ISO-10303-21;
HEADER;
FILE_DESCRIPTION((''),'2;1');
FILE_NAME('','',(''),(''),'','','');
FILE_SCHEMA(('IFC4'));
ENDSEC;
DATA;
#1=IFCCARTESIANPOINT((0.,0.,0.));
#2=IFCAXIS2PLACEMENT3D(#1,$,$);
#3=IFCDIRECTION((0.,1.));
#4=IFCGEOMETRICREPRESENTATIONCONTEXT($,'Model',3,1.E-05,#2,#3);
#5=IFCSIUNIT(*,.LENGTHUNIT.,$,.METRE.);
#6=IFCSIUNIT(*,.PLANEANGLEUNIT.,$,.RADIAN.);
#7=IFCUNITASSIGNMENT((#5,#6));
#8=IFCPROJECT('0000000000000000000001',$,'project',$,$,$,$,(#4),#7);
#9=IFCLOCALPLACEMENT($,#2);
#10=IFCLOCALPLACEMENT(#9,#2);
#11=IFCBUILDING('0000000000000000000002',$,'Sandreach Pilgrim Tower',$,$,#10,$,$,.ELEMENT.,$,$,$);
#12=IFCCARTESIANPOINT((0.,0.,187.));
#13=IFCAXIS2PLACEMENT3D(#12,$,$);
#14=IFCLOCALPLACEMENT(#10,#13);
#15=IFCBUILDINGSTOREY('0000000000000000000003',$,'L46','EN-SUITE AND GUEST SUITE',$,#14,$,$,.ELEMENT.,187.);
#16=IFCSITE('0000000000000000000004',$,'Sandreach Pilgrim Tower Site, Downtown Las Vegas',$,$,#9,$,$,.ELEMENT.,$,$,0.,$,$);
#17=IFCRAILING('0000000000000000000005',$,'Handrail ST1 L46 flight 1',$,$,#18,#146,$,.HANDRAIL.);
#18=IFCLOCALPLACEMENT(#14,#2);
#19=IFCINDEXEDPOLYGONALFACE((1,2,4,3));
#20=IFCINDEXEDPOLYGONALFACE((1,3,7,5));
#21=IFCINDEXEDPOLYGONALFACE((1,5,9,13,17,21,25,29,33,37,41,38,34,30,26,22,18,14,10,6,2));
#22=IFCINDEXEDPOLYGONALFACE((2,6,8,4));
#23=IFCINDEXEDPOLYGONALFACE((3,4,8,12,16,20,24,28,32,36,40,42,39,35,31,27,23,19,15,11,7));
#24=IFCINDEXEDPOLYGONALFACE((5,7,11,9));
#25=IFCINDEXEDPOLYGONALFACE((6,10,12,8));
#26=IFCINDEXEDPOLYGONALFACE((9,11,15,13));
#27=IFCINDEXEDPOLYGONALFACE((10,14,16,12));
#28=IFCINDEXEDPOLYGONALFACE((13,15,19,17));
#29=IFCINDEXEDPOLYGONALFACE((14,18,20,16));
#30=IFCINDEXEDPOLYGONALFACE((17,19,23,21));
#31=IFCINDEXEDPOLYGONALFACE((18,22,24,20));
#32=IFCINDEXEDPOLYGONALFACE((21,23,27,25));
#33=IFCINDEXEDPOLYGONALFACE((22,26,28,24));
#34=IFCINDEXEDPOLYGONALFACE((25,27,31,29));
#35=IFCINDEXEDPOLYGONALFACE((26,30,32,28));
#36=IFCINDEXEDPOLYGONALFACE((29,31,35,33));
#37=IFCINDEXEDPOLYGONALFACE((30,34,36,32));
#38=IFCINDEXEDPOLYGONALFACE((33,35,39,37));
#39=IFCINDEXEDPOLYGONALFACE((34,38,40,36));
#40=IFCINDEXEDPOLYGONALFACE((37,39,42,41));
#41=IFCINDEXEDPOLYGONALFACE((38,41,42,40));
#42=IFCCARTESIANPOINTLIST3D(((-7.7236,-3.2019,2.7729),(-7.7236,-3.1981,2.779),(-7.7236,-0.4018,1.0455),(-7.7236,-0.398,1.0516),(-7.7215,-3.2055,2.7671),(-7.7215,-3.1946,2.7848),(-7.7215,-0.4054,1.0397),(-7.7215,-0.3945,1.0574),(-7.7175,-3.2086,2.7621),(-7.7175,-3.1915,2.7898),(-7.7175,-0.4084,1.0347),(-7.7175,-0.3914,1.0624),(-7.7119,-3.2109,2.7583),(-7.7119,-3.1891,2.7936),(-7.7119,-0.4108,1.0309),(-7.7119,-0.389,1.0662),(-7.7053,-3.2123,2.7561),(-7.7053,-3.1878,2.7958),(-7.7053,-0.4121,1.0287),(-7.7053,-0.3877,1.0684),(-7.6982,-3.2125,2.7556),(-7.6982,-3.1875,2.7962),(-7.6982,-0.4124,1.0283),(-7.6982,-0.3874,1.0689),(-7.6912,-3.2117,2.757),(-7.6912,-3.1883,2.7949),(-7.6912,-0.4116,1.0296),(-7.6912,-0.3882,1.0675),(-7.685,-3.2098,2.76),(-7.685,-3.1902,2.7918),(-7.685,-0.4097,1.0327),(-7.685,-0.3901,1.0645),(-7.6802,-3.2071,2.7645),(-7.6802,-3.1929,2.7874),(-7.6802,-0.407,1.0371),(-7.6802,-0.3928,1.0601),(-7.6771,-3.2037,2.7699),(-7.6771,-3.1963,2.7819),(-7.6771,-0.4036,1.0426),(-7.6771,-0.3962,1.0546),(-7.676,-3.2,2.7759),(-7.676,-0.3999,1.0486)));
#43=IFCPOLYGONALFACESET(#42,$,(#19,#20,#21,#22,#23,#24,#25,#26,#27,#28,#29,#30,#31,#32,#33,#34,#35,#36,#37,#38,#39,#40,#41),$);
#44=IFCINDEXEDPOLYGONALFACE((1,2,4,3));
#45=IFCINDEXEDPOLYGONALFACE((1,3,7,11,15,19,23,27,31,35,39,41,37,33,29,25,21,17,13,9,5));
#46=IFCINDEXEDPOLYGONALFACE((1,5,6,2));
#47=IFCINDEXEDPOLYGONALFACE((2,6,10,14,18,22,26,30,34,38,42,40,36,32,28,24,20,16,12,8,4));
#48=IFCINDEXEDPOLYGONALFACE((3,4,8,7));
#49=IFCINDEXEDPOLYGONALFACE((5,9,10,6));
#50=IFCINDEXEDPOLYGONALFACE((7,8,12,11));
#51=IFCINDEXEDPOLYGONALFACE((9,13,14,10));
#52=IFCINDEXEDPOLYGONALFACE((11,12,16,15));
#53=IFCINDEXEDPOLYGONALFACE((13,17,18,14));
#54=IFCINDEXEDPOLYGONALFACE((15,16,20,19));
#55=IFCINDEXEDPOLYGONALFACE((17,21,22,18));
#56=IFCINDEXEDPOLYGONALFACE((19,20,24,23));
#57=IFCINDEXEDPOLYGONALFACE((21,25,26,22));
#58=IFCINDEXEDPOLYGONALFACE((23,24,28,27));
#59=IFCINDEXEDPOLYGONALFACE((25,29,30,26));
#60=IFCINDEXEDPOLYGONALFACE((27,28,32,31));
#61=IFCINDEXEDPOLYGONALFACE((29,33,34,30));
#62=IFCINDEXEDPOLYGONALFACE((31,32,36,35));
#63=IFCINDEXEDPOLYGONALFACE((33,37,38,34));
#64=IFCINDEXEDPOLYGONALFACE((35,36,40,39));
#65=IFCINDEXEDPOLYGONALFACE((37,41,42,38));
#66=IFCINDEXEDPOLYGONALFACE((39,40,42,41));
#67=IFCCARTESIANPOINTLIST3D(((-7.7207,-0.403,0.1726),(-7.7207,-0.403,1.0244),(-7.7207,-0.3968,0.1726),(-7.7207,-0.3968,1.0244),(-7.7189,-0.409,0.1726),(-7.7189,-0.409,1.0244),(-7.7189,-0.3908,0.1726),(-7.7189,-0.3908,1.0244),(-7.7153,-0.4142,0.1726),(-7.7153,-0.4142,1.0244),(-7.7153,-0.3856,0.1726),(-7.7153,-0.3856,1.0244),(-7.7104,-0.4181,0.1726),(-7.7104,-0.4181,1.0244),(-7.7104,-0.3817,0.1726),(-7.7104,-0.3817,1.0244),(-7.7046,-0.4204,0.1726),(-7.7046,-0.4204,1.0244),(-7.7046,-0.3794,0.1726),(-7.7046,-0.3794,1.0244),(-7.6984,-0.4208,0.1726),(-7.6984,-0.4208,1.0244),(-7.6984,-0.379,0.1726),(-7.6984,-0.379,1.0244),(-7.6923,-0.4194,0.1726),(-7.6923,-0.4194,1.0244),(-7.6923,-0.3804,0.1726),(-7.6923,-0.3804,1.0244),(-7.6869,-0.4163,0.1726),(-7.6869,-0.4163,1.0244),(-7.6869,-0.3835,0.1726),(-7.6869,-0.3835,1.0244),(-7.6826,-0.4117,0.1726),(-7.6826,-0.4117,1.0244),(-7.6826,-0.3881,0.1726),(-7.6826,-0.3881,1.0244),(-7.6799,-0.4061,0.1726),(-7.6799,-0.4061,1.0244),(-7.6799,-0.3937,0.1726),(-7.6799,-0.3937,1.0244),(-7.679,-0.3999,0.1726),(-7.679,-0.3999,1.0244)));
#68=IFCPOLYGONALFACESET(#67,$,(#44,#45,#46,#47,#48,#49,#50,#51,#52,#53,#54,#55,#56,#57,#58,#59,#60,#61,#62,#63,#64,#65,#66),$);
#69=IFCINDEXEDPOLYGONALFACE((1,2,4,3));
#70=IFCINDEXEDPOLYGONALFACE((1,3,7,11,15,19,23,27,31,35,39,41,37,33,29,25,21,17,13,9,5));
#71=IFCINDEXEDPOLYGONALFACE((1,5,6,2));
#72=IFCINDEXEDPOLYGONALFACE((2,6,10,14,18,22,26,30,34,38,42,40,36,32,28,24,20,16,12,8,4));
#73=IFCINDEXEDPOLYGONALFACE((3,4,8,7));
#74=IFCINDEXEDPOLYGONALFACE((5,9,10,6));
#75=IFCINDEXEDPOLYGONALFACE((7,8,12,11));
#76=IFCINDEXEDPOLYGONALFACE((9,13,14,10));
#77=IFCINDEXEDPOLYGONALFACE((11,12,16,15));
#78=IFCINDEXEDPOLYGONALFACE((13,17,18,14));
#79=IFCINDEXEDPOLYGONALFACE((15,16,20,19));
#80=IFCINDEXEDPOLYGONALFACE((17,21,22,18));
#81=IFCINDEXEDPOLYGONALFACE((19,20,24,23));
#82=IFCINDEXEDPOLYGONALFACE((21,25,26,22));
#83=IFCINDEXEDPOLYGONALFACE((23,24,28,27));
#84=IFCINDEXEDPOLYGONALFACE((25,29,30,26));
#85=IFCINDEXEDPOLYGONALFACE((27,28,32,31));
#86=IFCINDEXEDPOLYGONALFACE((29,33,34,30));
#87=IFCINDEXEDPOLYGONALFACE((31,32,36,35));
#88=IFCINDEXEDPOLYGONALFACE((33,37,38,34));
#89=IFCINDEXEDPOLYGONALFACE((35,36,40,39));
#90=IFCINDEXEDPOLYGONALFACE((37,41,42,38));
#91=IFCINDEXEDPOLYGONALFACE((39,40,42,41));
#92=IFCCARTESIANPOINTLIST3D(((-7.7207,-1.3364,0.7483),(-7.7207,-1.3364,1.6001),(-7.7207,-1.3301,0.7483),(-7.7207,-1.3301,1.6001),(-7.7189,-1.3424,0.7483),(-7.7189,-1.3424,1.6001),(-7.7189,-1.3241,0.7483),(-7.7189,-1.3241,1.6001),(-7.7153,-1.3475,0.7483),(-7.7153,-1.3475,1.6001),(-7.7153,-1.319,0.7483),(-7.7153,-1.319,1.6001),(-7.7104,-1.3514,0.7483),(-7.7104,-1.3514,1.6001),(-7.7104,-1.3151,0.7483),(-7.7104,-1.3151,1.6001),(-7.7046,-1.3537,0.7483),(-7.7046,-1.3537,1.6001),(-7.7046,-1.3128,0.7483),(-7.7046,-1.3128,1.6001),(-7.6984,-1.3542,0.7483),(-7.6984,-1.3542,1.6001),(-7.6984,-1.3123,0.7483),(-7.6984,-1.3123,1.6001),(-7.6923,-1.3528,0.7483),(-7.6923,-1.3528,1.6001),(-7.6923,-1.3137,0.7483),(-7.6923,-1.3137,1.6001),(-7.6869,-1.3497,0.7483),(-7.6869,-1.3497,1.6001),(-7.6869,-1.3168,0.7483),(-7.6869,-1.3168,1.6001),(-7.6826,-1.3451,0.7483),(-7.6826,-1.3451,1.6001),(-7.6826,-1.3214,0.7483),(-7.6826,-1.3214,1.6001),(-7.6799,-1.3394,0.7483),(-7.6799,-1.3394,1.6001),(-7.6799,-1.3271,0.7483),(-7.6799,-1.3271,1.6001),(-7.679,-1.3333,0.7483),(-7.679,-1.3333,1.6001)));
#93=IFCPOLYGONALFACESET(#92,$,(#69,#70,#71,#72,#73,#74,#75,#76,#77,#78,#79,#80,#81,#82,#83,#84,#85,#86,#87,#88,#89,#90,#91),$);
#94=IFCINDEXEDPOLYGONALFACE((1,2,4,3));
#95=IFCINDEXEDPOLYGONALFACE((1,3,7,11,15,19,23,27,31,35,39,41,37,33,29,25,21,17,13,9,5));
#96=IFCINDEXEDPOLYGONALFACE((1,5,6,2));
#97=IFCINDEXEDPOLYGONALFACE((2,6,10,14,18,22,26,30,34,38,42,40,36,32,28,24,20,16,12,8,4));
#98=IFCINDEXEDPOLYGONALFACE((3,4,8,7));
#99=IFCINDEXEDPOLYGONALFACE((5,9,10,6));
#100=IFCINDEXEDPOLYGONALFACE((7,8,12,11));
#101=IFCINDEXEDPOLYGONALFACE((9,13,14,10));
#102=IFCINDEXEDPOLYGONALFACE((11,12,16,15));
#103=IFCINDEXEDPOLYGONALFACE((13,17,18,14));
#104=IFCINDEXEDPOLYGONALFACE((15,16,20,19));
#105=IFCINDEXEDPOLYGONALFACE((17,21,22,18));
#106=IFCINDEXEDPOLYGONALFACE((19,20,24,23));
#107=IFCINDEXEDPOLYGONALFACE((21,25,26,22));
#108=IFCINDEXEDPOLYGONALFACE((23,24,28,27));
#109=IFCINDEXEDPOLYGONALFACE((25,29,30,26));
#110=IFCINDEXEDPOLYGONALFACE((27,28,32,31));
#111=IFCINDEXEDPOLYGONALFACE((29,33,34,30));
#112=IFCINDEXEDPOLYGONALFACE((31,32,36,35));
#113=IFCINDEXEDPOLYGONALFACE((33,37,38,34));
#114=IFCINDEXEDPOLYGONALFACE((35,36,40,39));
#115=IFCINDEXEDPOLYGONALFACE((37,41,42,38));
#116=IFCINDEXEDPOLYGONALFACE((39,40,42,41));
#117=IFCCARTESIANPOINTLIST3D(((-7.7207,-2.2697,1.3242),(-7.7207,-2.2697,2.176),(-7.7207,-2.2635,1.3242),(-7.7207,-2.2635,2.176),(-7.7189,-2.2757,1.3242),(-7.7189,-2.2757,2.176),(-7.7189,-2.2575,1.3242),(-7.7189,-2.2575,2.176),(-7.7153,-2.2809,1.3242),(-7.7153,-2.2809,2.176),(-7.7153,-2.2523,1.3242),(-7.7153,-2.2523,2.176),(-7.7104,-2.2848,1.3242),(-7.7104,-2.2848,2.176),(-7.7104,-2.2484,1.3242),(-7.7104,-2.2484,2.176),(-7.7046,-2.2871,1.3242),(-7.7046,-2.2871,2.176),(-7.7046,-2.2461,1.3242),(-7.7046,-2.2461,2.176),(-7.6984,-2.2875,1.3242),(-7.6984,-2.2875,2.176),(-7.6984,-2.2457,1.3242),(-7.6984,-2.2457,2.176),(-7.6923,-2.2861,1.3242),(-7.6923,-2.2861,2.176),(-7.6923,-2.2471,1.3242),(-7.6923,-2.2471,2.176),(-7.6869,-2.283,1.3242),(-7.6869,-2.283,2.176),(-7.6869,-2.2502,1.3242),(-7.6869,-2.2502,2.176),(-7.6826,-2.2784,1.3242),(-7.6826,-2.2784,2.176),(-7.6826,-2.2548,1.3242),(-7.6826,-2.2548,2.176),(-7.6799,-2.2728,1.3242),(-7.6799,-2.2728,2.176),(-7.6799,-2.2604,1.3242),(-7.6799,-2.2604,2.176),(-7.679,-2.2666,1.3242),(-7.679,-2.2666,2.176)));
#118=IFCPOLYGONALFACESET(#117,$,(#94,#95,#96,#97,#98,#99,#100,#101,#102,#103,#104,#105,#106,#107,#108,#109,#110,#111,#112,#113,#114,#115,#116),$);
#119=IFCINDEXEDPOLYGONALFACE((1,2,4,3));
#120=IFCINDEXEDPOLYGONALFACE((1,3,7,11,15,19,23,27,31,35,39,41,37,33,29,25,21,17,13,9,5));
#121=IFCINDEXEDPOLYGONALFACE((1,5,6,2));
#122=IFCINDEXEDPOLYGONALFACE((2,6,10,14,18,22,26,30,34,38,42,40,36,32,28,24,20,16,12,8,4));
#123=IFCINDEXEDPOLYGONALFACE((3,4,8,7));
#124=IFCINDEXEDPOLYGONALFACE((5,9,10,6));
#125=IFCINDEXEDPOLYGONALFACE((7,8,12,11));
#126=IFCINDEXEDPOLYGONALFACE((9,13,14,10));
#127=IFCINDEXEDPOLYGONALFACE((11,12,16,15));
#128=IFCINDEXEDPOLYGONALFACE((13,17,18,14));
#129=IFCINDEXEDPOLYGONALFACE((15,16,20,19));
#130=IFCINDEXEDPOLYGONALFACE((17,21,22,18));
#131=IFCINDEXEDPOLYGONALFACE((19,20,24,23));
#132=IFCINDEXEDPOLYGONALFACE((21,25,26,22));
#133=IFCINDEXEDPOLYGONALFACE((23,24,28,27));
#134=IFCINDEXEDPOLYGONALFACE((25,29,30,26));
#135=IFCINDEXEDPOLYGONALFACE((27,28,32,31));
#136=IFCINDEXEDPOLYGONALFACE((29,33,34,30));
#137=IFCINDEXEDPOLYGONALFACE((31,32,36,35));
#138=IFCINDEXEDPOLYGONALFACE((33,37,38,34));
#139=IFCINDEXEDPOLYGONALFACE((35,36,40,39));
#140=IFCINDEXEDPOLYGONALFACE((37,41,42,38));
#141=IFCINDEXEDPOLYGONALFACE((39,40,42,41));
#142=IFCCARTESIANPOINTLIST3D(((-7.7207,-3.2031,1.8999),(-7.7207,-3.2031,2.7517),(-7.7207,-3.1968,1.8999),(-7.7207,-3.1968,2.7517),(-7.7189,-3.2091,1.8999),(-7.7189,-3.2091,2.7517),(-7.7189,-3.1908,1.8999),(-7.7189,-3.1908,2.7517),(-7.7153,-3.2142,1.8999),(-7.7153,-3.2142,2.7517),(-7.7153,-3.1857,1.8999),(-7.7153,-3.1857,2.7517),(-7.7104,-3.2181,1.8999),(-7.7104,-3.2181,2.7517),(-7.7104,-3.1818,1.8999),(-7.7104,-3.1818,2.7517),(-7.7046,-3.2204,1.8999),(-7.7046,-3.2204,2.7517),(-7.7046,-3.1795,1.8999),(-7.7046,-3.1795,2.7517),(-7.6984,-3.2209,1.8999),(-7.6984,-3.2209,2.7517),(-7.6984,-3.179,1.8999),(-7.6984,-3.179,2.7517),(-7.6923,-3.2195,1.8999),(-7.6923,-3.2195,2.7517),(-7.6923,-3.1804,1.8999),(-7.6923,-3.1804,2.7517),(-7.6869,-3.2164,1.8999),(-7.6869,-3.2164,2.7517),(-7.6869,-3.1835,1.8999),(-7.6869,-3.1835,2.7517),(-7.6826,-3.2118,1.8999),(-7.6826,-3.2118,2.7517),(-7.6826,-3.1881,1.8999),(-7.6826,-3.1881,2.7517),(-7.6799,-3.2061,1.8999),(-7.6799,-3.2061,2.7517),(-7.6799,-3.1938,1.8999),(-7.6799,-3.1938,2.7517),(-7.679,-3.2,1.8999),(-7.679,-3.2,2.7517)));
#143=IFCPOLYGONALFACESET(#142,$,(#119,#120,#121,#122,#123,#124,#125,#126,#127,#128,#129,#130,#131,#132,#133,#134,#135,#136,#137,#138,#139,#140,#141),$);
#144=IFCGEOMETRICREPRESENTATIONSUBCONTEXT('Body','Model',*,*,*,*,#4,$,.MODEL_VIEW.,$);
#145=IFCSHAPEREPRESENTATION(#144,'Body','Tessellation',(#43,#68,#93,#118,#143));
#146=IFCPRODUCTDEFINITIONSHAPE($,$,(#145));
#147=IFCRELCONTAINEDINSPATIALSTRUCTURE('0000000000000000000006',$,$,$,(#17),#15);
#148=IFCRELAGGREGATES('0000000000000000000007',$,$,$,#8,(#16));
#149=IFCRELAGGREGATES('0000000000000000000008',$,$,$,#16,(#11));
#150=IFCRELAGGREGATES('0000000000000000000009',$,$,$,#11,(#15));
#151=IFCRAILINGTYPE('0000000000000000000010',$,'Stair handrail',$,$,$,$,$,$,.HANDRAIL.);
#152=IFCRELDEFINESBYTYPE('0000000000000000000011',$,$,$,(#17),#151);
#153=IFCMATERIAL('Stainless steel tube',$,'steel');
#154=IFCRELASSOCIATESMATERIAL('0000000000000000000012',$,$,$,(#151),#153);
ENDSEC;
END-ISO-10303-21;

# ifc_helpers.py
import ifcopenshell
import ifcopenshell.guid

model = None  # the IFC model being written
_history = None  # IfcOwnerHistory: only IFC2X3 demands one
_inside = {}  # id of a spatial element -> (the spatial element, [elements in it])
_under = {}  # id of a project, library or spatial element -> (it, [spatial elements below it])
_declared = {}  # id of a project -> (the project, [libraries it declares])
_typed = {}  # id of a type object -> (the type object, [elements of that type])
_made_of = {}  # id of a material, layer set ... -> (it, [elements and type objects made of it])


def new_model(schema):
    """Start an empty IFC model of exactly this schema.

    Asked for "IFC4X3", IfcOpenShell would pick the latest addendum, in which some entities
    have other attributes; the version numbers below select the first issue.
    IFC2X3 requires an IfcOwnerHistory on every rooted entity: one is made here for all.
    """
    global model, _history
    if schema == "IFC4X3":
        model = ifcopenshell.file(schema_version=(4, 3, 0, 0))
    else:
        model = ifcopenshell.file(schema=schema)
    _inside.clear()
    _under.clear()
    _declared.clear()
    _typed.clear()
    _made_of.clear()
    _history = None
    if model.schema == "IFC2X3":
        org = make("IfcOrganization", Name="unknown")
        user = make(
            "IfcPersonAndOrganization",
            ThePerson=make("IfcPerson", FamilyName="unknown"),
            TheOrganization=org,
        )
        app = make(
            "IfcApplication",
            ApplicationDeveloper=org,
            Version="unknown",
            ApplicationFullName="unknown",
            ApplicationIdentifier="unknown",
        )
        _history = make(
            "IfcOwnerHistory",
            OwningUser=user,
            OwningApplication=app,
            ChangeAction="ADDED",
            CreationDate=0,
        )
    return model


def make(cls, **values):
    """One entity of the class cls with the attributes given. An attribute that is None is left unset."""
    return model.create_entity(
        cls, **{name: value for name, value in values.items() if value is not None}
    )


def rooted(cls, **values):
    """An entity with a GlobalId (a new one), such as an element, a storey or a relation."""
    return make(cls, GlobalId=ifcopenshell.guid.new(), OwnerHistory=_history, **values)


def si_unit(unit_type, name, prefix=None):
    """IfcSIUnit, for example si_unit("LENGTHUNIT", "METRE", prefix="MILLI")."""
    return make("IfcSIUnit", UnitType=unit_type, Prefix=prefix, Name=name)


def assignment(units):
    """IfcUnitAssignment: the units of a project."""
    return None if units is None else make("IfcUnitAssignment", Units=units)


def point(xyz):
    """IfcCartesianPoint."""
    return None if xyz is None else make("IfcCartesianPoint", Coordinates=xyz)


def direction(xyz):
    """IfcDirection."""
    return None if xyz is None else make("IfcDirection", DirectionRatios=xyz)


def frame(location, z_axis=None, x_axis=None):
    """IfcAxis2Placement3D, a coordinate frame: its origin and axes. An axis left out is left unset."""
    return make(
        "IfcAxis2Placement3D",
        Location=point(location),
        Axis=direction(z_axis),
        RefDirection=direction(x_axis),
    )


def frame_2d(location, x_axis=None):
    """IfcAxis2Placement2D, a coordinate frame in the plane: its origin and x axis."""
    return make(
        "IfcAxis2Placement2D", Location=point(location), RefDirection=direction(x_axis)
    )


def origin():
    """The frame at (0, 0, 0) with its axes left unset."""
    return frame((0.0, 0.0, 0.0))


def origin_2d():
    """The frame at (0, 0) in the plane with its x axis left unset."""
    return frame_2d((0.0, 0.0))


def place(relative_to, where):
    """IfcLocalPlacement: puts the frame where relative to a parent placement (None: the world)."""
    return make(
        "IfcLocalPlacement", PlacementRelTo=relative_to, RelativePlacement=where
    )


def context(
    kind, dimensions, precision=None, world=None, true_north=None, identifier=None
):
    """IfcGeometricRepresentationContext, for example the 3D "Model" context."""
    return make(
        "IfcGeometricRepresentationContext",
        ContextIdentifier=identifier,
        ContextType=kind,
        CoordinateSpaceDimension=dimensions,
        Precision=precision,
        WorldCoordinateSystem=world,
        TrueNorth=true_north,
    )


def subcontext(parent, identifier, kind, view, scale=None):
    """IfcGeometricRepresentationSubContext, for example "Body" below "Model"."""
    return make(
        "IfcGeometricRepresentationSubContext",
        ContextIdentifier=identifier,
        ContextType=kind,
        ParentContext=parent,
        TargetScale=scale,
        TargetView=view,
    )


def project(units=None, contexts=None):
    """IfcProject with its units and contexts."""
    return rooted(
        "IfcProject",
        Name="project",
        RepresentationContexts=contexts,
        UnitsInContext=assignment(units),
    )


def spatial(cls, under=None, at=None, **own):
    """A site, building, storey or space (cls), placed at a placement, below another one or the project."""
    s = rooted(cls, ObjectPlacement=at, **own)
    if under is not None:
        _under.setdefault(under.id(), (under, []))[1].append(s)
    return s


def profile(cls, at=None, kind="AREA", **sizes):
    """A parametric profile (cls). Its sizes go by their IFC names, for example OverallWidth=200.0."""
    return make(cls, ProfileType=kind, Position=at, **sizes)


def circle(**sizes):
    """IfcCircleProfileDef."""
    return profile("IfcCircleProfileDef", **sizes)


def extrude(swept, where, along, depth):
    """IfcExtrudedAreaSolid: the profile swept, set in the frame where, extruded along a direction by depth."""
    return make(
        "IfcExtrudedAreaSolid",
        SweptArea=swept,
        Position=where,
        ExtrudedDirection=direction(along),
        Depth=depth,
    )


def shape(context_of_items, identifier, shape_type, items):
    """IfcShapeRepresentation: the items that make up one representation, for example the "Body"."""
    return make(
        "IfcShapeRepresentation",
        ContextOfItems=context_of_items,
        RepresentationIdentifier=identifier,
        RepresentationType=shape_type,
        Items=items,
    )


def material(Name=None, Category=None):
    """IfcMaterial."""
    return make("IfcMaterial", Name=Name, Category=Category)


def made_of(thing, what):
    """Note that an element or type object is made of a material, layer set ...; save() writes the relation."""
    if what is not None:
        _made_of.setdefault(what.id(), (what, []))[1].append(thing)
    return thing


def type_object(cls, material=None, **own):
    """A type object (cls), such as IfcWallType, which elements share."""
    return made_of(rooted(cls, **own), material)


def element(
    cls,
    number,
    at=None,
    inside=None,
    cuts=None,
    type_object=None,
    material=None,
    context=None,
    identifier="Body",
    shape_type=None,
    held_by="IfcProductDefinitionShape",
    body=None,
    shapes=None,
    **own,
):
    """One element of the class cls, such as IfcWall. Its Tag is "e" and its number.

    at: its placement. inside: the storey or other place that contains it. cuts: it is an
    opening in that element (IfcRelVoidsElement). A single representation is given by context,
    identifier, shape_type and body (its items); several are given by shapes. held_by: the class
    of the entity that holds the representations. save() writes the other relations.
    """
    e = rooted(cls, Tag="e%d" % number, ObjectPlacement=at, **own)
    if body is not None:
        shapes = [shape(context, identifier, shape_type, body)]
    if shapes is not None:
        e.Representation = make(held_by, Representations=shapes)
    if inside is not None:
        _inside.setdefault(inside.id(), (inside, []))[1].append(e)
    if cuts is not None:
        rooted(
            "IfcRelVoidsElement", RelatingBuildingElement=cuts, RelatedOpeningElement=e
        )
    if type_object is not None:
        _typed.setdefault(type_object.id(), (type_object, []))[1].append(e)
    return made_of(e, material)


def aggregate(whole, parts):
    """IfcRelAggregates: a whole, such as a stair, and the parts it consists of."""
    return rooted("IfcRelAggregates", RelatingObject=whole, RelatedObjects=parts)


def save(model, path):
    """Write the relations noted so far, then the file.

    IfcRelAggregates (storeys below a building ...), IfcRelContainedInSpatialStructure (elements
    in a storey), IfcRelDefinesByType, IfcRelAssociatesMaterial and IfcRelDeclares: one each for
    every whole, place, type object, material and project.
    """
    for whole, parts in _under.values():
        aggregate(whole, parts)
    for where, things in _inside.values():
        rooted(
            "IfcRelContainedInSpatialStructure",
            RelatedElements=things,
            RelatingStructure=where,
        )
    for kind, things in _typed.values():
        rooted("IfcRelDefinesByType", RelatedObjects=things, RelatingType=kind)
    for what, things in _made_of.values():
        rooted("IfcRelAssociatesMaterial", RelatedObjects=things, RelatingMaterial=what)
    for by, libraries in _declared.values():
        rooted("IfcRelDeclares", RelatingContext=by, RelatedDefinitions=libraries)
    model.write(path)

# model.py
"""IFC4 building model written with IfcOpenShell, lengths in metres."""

from ifc_helpers import new_model, si_unit, direction, frame, origin, origin_2d, place, context, subcontext, project, spatial, circle, extrude, material, type_object, element, save


model = new_model("IFC4")

# Units and contexts
model_context = context("Model", 3, precision=1e-05, world=origin(), true_north=direction((0.0, 1.0)))
body_context = subcontext(model_context, "Body", "Model", "MODEL_VIEW")
ifc_project = project(units=[si_unit("LENGTHUNIT", "METRE"), si_unit("PLANEANGLEUNIT", "RADIAN")], contexts=[model_context])

# Site, building, storey
site_placement = place(None, origin())
site = spatial("IfcSite", under=ifc_project, at=site_placement, Name="Sandreach Pilgrim Tower Site, Downtown Las Vegas", CompositionType="ELEMENT", RefElevation=0.0)
building_placement = place(site_placement, origin())
building = spatial("IfcBuilding", under=site, at=building_placement, Name="Sandreach Pilgrim Tower", CompositionType="ELEMENT")
storey_placement = place(building_placement, frame((0.0, 0.0, 187.0)))
storey = spatial("IfcBuildingStorey", under=building, at=storey_placement, Name="L46", Description="EN-SUITE AND GUEST SUITE", CompositionType="ELEMENT", Elevation=187.0)

# Railing
ifc_material_1 = material(Name="Stainless steel tube", Category="steel")
railing_type = type_object("IfcRailingType", Name="Stair handrail", PredefinedType="HANDRAIL", material=ifc_material_1)
for number, where, name in (
    (1, (-7.7, -0.3999, 0.1726), "Handrail ST1 L46 flight 1"),
):
    element("IfcRailing", number, at=place(storey_placement, frame(where)), inside=storey, type_object=railing_type, Name=name, PredefinedType="HANDRAIL", context=body_context, shape_type="SweptSolid", body=[
        extrude(circle(Radius=0.0239, at=origin_2d()), frame((0.0, 0.0, 0.876), z_axis=(0.0, -0.85109, 0.52502), x_axis=(1.0, 0.0, 0.0)), (0.0, 0.0, 1.0), 3.29),
        extrude(circle(Radius=0.021, at=origin_2d()), origin(), (0.0, 0.0, 1.0), 0.8518),
        extrude(circle(Radius=0.021, at=origin_2d()), frame((0.0, -0.9333, 0.5757)), (0.0, 0.0, 1.0), 0.8518),
        extrude(circle(Radius=0.021, at=origin_2d()), frame((0.0, -1.8667, 1.1516)), (0.0, 0.0, 1.0), 0.8518),
        extrude(circle(Radius=0.021, at=origin_2d()), frame((0.0, -2.8, 1.7273)), (0.0, 0.0, 1.0), 0.8518),
    ])

save(model, "model.ifc")
